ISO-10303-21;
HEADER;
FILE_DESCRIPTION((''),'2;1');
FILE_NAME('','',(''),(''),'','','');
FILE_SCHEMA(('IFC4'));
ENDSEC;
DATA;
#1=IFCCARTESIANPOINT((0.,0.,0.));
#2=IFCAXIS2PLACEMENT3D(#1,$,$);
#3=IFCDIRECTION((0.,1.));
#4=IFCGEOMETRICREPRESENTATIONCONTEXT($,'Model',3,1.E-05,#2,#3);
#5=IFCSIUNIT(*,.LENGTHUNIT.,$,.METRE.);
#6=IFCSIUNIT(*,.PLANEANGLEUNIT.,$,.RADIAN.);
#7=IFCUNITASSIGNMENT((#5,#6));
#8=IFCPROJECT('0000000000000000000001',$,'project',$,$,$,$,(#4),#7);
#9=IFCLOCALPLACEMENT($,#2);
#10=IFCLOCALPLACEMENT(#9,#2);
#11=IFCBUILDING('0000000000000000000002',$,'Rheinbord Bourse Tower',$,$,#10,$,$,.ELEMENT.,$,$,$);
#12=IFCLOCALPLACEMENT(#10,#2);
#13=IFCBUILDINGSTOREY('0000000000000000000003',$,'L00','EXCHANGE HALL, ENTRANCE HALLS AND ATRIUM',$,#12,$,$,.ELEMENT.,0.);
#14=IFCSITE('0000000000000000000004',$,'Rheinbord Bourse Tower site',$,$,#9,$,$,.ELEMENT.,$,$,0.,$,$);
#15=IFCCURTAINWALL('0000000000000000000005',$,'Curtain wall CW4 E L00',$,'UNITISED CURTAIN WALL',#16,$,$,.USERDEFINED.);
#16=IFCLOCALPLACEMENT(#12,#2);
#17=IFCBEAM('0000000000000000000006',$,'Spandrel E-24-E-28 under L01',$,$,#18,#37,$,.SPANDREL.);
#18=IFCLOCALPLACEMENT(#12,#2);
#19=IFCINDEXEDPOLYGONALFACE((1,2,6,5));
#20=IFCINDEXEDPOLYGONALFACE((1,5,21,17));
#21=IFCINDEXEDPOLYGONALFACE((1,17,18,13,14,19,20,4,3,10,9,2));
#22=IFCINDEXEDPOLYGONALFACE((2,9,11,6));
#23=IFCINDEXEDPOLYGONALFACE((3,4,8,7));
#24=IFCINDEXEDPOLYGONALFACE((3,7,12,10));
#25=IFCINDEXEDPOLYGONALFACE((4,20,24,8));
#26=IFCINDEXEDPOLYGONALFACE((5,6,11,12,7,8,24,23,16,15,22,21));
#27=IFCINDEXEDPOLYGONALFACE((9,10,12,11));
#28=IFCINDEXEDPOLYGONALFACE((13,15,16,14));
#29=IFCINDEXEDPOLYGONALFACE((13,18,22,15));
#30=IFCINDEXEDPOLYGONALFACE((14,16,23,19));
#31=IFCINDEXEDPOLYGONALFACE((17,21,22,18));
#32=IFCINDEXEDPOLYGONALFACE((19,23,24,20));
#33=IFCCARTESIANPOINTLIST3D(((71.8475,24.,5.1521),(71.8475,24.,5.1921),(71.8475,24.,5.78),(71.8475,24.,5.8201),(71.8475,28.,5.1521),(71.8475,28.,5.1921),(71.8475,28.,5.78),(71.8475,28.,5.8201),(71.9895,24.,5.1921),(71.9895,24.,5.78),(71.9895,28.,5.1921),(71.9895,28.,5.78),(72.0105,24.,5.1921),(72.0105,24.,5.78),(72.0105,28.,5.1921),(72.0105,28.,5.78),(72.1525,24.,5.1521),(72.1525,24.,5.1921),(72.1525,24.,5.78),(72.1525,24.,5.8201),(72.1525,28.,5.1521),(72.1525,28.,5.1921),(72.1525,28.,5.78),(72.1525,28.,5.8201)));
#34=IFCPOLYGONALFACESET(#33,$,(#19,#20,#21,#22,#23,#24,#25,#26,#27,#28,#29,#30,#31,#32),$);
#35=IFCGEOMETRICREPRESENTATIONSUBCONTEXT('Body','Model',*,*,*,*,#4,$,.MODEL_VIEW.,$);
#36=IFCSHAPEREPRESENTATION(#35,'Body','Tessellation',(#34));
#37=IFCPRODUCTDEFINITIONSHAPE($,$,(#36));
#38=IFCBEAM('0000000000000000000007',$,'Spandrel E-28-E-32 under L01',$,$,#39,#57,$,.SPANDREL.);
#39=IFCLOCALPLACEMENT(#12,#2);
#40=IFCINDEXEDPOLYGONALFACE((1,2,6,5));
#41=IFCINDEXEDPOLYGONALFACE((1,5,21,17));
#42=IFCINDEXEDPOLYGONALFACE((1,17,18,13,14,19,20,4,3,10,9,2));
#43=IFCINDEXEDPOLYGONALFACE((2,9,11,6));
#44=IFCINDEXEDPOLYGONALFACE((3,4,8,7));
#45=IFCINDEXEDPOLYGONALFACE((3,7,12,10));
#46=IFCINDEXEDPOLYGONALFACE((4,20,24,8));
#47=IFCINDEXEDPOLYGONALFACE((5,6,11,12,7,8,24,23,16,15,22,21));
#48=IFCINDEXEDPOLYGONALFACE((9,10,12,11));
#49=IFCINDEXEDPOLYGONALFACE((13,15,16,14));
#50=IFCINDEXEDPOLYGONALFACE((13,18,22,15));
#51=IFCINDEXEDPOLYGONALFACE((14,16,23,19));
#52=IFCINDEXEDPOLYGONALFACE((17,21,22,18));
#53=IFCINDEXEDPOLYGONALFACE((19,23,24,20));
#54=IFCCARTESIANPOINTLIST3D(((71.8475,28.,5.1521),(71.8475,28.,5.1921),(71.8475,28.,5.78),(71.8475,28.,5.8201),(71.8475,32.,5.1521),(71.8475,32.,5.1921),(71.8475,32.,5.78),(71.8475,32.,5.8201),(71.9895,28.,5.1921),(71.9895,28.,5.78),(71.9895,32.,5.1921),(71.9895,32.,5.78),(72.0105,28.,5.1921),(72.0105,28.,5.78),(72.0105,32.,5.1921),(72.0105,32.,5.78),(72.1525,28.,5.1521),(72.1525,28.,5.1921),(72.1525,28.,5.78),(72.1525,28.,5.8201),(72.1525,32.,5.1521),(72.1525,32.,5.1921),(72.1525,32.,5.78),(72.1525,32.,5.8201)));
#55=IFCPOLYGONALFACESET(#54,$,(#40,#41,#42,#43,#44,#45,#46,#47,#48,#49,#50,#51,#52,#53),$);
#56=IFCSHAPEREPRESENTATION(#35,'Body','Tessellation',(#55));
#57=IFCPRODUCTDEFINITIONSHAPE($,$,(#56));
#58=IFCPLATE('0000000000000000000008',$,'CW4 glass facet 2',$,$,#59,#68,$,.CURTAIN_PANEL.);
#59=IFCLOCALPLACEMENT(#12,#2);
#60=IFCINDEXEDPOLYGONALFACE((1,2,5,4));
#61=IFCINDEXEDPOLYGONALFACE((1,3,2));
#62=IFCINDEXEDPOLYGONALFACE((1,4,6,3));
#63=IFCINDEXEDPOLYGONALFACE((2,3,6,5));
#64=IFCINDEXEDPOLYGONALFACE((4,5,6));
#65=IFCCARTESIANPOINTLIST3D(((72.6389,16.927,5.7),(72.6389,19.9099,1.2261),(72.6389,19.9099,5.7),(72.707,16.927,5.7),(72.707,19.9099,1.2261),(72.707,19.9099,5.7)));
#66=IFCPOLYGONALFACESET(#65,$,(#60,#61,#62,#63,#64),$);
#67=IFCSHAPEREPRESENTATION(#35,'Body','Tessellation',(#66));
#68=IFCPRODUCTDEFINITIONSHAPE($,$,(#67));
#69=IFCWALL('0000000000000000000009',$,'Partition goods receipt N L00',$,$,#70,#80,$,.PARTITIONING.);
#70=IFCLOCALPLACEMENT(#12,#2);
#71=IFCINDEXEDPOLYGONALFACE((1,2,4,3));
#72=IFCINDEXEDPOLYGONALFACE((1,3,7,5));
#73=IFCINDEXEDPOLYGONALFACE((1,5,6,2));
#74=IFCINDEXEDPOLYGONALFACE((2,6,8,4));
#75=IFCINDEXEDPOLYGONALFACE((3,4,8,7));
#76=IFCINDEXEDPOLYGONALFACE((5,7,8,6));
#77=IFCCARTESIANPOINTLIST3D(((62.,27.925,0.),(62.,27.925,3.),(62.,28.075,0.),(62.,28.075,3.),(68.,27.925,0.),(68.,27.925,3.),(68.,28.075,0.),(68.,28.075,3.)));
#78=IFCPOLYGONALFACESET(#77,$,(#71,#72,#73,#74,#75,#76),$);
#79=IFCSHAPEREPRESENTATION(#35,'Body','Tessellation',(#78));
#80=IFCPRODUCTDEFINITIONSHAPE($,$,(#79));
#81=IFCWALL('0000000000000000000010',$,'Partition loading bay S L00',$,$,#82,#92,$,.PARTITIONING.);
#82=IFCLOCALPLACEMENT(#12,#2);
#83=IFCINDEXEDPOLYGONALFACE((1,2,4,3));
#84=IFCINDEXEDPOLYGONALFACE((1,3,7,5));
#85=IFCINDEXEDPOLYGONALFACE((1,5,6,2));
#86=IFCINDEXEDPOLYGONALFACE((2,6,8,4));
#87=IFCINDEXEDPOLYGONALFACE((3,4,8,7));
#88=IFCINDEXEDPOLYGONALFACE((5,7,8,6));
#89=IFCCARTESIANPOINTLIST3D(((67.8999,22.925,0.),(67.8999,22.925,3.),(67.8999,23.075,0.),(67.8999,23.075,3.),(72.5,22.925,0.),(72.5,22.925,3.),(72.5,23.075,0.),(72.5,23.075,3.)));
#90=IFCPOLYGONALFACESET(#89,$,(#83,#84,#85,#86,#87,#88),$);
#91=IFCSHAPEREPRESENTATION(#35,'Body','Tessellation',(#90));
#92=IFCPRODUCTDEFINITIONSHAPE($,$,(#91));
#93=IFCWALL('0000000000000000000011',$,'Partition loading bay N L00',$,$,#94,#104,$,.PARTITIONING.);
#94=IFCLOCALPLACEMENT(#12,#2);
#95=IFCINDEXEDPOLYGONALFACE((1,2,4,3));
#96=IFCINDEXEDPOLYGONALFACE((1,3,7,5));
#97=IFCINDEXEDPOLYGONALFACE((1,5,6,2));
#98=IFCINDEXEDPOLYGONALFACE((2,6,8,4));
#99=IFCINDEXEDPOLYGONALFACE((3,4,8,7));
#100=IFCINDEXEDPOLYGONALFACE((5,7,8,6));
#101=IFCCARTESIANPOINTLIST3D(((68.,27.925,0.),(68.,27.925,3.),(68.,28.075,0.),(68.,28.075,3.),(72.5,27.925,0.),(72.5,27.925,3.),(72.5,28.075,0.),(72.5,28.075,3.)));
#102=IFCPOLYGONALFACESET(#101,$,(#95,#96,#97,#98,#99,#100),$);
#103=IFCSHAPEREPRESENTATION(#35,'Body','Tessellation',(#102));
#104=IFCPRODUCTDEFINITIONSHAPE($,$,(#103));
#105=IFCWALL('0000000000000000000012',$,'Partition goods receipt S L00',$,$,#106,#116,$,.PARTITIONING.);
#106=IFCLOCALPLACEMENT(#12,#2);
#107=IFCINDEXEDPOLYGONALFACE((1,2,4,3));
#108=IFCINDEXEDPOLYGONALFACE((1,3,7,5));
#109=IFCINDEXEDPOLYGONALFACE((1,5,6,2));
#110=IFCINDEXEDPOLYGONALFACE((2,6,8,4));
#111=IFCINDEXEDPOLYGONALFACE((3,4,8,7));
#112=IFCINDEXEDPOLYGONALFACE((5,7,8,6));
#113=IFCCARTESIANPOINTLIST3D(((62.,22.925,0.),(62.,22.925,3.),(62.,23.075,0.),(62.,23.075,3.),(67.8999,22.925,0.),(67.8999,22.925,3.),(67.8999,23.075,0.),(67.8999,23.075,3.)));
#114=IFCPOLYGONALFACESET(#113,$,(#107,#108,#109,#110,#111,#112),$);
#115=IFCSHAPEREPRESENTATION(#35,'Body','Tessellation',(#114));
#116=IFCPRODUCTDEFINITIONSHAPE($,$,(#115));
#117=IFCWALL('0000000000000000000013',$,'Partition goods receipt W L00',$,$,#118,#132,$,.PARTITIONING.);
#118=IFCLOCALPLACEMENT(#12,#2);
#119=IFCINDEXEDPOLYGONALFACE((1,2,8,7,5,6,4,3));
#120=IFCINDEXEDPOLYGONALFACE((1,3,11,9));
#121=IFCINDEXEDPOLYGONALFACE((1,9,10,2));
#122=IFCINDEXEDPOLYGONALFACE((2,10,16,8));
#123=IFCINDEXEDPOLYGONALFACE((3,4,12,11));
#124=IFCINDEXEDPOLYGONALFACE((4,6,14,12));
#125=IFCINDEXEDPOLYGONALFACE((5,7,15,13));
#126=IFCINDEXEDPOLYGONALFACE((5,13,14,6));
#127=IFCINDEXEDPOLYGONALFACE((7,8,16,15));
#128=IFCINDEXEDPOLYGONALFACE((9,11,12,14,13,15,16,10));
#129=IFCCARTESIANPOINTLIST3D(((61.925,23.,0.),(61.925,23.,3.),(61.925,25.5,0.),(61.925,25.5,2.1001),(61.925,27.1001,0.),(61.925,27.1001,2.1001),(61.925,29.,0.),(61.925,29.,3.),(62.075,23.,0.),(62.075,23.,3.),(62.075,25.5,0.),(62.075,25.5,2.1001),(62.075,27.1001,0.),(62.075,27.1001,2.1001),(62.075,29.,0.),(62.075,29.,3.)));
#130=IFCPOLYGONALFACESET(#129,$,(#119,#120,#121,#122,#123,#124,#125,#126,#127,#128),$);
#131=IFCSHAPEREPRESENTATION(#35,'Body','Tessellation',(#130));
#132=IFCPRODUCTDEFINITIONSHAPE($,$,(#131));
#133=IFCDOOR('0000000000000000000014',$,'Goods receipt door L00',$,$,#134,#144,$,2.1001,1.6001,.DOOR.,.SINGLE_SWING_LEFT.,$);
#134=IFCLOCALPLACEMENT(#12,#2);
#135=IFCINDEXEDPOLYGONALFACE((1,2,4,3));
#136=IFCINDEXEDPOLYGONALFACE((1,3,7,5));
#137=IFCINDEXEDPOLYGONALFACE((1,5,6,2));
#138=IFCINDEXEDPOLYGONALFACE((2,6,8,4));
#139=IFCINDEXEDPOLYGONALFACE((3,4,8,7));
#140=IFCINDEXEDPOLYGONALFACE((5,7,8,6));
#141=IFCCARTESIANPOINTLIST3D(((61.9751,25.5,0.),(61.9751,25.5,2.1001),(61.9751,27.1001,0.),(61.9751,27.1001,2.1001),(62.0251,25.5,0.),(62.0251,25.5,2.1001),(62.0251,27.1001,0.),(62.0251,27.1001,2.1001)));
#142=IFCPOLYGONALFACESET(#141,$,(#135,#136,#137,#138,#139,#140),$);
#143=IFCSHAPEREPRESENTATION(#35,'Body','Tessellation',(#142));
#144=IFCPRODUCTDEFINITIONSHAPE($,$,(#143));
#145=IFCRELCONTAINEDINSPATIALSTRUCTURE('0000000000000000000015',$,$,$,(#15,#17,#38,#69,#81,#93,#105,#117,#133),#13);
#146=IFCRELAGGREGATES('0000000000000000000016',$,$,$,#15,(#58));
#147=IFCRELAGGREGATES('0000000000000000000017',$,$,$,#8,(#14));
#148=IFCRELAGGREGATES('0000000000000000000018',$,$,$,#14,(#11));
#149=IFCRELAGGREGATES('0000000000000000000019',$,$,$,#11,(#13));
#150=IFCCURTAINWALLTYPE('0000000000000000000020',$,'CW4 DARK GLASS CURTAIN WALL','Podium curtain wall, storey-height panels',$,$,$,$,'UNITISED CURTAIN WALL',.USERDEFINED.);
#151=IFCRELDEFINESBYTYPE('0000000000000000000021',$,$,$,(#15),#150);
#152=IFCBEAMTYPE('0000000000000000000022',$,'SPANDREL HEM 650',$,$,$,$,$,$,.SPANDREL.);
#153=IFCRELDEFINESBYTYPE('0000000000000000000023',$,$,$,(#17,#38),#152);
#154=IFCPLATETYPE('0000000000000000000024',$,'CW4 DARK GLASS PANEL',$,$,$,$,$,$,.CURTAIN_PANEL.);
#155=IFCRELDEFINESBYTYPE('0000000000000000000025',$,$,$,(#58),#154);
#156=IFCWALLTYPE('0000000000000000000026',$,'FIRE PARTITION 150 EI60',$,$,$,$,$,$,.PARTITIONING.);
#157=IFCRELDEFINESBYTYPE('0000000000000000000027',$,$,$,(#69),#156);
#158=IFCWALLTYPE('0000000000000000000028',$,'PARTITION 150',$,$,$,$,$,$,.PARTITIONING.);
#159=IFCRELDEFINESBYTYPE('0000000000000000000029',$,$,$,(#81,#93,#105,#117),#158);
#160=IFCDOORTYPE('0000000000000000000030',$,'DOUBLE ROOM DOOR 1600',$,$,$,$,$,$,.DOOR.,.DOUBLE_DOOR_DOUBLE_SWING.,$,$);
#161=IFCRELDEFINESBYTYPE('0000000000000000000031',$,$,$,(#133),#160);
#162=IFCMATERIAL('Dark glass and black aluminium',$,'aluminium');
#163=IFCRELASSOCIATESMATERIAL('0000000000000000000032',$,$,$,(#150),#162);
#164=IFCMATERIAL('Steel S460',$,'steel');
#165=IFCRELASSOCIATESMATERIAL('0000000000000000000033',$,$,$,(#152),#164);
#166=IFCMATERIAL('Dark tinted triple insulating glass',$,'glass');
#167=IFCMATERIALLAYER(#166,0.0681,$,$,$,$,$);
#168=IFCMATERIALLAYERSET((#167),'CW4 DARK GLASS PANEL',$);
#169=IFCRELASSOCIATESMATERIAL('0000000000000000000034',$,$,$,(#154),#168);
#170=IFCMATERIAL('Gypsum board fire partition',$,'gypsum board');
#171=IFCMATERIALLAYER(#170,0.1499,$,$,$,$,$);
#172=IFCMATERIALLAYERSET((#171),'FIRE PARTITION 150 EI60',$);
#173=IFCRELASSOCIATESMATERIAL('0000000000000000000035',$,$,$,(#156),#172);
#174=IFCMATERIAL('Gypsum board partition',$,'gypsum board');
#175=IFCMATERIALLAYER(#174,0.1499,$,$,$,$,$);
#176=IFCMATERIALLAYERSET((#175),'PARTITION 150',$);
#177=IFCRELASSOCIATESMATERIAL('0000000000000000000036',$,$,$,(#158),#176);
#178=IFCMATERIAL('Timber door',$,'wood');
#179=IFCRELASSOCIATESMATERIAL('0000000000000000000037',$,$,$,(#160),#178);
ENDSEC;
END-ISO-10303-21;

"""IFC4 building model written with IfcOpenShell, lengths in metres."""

from ifc_helpers import new_model, si_unit, direction, frame, frame_2d, origin, origin_2d, place, context, subcontext, project, spatial, polyline, rectangle, i_section, outline, extrude, material, layer, layer_set, material_profile, profile_set, type_object, element, fill, aggregate, save


model = new_model("IFC4")

# Units and contexts
model_context = context("Model", 3, precision=1e-05, world=origin(), true_north=direction((0.0, 1.0)))
body_context = subcontext(model_context, "Body", "Model", "MODEL_VIEW")
ifc_project = project(units=[si_unit("LENGTHUNIT", "METRE"), si_unit("PLANEANGLEUNIT", "RADIAN")], contexts=[model_context])

# Site, building, storey
site_placement = place(None, origin())
site = spatial("IfcSite", under=ifc_project, at=site_placement, Name="Rheinbord Bourse Tower site", CompositionType="ELEMENT", RefElevation=0.0)
building_placement = place(site_placement, origin())
building = spatial("IfcBuilding", under=site, at=building_placement, Name="Rheinbord Bourse Tower", CompositionType="ELEMENT")
storey_placement = place(building_placement, origin())
storey = spatial("IfcBuildingStorey", under=building, at=storey_placement, Name="L00", Description="EXCHANGE HALL, ENTRANCE HALLS AND ATRIUM", CompositionType="ELEMENT", Elevation=0.0)

# Curtain wall
ifc_material_1 = material(Name="Dark glass and black aluminium", Category="aluminium")
curtain_wall_type = type_object("IfcCurtainWallType", Name="CW4 DARK GLASS CURTAIN WALL", Description="Podium curtain wall, storey-height panels", ElementType="UNITISED CURTAIN WALL", PredefinedType="USERDEFINED", material=ifc_material_1)
curtain_wall_1_placement = place(storey_placement, origin())
curtain_wall_1 = element("IfcCurtainWall", 1, at=curtain_wall_1_placement, inside=storey, type_object=curtain_wall_type, Name="Curtain wall CW4 E L00", ObjectType="UNITISED CURTAIN WALL", PredefinedType="USERDEFINED")

# Beams
ifc_material_2 = material(Name="Steel S460", Category="steel")
ifc_material_profile_1 = material_profile(ifc_material_2, i_section(OverallWidth=0.3049, OverallDepth=0.668, WebThickness=0.021, FlangeThickness=0.04, at=origin_2d()), Name="HEM 650")
ifc_profile_set_1 = profile_set([ifc_material_profile_1], Name="Steel S460")
beam_type = type_object("IfcBeamType", Name="SPANDREL HEM 650", PredefinedType="SPANDREL", material=ifc_profile_set_1)
for number, where, z_axis, x_axis, name in (
    (2, (72.0, 24.0, 5.4861), (0.0, 1.0, 0.0), (-1.0, 0.0, 0.0), "Spandrel E-24-E-28 under L01"),
    (3, (72.0, 28.0, 5.4861), (0.0, 1.0, 0.0), (-1.0, 0.0, 0.0), "Spandrel E-28-E-32 under L01"),
):
    element("IfcBeam", number, at=place(storey_placement, frame(where, z_axis=z_axis, x_axis=x_axis)), inside=storey, type_object=beam_type, Name=name, PredefinedType="SPANDREL", context=body_context, shape_type="SweptSolid", body=[
        extrude(i_section(OverallWidth=0.3049, OverallDepth=0.668, WebThickness=0.021, FlangeThickness=0.04, at=origin_2d()), origin(), (0.0, 0.0, 1.0), 4.0),
    ])

# Plate
ifc_material_3 = material(Name="Dark tinted triple insulating glass", Category="glass")
ifc_layer_1 = layer(ifc_material_3, 0.0681)
ifc_layer_set_1 = layer_set([ifc_layer_1], Name="CW4 DARK GLASS PANEL")
plate_type = type_object("IfcPlateType", Name="CW4 DARK GLASS PANEL", PredefinedType="CURTAIN_PANEL", material=ifc_layer_set_1)
plate_placement = place(storey_placement, frame((72.707, 19.9099, 5.7), z_axis=(-1.0, 0.0, 0.0), x_axis=(0.0, 0.0, -1.0)))
plate = element("IfcPlate", 4, at=plate_placement, type_object=plate_type, Name="CW4 glass facet 2", PredefinedType="CURTAIN_PANEL", context=body_context, shape_type="SweptSolid", body=[
    extrude(outline(polyline([(0.0, 0.0), (4.4739, 0.0), (0.0, 2.9829), (0.0, 0.0)])), origin(), (0.0, 0.0, 1.0), 0.0681),
])
aggregate(curtain_wall_1, [plate])

# Walls
ifc_material_4 = material(Name="Gypsum board fire partition", Category="gypsum board")
ifc_layer_2 = layer(ifc_material_4, 0.1499)
ifc_layer_set_2 = layer_set([ifc_layer_2], Name="FIRE PARTITION 150 EI60")
wall_type_1 = type_object("IfcWallType", Name="FIRE PARTITION 150 EI60", PredefinedType="PARTITIONING", material=ifc_layer_set_2)
wall_1_placement = place(storey_placement, frame((62.0, 28.0, 0.0), z_axis=(0.0, 0.0, 1.0), x_axis=(1.0, 0.0, 0.0)))
element("IfcWall", 5, at=wall_1_placement, inside=storey, type_object=wall_type_1, Name="Partition goods receipt N L00", PredefinedType="PARTITIONING", context=body_context, shape_type="SweptSolid", body=[
    extrude(rectangle(XDim=6.0, YDim=0.1499, at=frame_2d((3.0, 0.0))), origin(), (0.0, 0.0, 1.0), 3.0),
])
ifc_material_5 = material(Name="Gypsum board partition", Category="gypsum board")
ifc_layer_3 = layer(ifc_material_5, 0.1499)
ifc_layer_set_3 = layer_set([ifc_layer_3], Name="PARTITION 150")
wall_type_2 = type_object("IfcWallType", Name="PARTITION 150", PredefinedType="PARTITIONING", material=ifc_layer_set_3)
wall_2_placement = place(storey_placement, frame((67.8999, 23.0, 0.0), z_axis=(0.0, 0.0, 1.0), x_axis=(1.0, 0.0, 0.0)))
element("IfcWall", 6, at=wall_2_placement, inside=storey, type_object=wall_type_2, Name="Partition loading bay S L00", PredefinedType="PARTITIONING", context=body_context, shape_type="SweptSolid", body=[
    extrude(rectangle(XDim=4.6001, YDim=0.1499, at=frame_2d((2.3, 0.0))), origin(), (0.0, 0.0, 1.0), 3.0),
])
wall_3_placement = place(storey_placement, frame((68.0, 28.0, 0.0), z_axis=(0.0, 0.0, 1.0), x_axis=(1.0, 0.0, 0.0)))
element("IfcWall", 7, at=wall_3_placement, inside=storey, type_object=wall_type_2, Name="Partition loading bay N L00", PredefinedType="PARTITIONING", context=body_context, shape_type="SweptSolid", body=[
    extrude(rectangle(XDim=4.5, YDim=0.1499, at=frame_2d((2.25, 0.0))), origin(), (0.0, 0.0, 1.0), 3.0),
])
wall_4_placement = place(storey_placement, frame((62.0, 23.0, 0.0), z_axis=(0.0, 0.0, 1.0), x_axis=(1.0, 0.0, 0.0)))
element("IfcWall", 8, at=wall_4_placement, inside=storey, type_object=wall_type_2, Name="Partition goods receipt S L00", PredefinedType="PARTITIONING", context=body_context, shape_type="SweptSolid", body=[
    extrude(rectangle(XDim=5.8999, YDim=0.1499, at=frame_2d((2.95, 0.0))), origin(), (0.0, 0.0, 1.0), 3.0),
])

# Wall, opening, door
wall_5_placement = place(storey_placement, frame((62.0, 23.0, 0.0), z_axis=(0.0, 0.0, 1.0), x_axis=(0.0, 1.0, 0.0)))
wall_5 = element("IfcWall", 9, at=wall_5_placement, inside=storey, type_object=wall_type_2, Name="Partition goods receipt W L00", PredefinedType="PARTITIONING", context=body_context, shape_type="SweptSolid", body=[
    extrude(rectangle(XDim=6.0, YDim=0.1499, at=frame_2d((3.0, 0.0))), origin(), (0.0, 0.0, 1.0), 3.0),
])
opening_1_placement = place(wall_5_placement, frame((2.5, 0.0, 0.0)))
opening_1 = element("IfcOpeningElement", 10, at=opening_1_placement, cuts=wall_5, PredefinedType="OPENING", context=body_context, shape_type="SweptSolid", body=[
    extrude(rectangle(XDim=1.6001, YDim=2.1001, at=frame_2d((0.8, 1.05))), frame((0.0, 0.085, 0.0), z_axis=(0.0, -1.0, 0.0), x_axis=(1.0, 0.0, 0.0)), (0.0, 0.0, 1.0), 0.1699),
])
ifc_material_6 = material(Name="Timber door", Category="wood")
door_type_1 = type_object("IfcDoorType", Name="DOUBLE ROOM DOOR 1600", OperationType="DOUBLE_DOOR_DOUBLE_SWING", PredefinedType="DOOR", material=ifc_material_6)
door_1_placement = place(opening_1_placement, origin())
door_1 = element("IfcDoor", 11, at=door_1_placement, inside=storey, type_object=door_type_1, Name="Goods receipt door L00", OperationType="SINGLE_SWING_LEFT", OverallHeight=2.1001, OverallWidth=1.6001, PredefinedType="DOOR", context=body_context, shape_type="SweptSolid", body=[
    extrude(rectangle(XDim=1.6001, YDim=2.1001, at=frame_2d((0.8, 1.05))), frame((0.0, 0.0249, 0.0), z_axis=(0.0, -1.0, 0.0), x_axis=(1.0, 0.0, 0.0)), (0.0, 0.0, 1.0), 0.05),
])
fill(opening_1, door_1)

save(model, "model.ifc")
